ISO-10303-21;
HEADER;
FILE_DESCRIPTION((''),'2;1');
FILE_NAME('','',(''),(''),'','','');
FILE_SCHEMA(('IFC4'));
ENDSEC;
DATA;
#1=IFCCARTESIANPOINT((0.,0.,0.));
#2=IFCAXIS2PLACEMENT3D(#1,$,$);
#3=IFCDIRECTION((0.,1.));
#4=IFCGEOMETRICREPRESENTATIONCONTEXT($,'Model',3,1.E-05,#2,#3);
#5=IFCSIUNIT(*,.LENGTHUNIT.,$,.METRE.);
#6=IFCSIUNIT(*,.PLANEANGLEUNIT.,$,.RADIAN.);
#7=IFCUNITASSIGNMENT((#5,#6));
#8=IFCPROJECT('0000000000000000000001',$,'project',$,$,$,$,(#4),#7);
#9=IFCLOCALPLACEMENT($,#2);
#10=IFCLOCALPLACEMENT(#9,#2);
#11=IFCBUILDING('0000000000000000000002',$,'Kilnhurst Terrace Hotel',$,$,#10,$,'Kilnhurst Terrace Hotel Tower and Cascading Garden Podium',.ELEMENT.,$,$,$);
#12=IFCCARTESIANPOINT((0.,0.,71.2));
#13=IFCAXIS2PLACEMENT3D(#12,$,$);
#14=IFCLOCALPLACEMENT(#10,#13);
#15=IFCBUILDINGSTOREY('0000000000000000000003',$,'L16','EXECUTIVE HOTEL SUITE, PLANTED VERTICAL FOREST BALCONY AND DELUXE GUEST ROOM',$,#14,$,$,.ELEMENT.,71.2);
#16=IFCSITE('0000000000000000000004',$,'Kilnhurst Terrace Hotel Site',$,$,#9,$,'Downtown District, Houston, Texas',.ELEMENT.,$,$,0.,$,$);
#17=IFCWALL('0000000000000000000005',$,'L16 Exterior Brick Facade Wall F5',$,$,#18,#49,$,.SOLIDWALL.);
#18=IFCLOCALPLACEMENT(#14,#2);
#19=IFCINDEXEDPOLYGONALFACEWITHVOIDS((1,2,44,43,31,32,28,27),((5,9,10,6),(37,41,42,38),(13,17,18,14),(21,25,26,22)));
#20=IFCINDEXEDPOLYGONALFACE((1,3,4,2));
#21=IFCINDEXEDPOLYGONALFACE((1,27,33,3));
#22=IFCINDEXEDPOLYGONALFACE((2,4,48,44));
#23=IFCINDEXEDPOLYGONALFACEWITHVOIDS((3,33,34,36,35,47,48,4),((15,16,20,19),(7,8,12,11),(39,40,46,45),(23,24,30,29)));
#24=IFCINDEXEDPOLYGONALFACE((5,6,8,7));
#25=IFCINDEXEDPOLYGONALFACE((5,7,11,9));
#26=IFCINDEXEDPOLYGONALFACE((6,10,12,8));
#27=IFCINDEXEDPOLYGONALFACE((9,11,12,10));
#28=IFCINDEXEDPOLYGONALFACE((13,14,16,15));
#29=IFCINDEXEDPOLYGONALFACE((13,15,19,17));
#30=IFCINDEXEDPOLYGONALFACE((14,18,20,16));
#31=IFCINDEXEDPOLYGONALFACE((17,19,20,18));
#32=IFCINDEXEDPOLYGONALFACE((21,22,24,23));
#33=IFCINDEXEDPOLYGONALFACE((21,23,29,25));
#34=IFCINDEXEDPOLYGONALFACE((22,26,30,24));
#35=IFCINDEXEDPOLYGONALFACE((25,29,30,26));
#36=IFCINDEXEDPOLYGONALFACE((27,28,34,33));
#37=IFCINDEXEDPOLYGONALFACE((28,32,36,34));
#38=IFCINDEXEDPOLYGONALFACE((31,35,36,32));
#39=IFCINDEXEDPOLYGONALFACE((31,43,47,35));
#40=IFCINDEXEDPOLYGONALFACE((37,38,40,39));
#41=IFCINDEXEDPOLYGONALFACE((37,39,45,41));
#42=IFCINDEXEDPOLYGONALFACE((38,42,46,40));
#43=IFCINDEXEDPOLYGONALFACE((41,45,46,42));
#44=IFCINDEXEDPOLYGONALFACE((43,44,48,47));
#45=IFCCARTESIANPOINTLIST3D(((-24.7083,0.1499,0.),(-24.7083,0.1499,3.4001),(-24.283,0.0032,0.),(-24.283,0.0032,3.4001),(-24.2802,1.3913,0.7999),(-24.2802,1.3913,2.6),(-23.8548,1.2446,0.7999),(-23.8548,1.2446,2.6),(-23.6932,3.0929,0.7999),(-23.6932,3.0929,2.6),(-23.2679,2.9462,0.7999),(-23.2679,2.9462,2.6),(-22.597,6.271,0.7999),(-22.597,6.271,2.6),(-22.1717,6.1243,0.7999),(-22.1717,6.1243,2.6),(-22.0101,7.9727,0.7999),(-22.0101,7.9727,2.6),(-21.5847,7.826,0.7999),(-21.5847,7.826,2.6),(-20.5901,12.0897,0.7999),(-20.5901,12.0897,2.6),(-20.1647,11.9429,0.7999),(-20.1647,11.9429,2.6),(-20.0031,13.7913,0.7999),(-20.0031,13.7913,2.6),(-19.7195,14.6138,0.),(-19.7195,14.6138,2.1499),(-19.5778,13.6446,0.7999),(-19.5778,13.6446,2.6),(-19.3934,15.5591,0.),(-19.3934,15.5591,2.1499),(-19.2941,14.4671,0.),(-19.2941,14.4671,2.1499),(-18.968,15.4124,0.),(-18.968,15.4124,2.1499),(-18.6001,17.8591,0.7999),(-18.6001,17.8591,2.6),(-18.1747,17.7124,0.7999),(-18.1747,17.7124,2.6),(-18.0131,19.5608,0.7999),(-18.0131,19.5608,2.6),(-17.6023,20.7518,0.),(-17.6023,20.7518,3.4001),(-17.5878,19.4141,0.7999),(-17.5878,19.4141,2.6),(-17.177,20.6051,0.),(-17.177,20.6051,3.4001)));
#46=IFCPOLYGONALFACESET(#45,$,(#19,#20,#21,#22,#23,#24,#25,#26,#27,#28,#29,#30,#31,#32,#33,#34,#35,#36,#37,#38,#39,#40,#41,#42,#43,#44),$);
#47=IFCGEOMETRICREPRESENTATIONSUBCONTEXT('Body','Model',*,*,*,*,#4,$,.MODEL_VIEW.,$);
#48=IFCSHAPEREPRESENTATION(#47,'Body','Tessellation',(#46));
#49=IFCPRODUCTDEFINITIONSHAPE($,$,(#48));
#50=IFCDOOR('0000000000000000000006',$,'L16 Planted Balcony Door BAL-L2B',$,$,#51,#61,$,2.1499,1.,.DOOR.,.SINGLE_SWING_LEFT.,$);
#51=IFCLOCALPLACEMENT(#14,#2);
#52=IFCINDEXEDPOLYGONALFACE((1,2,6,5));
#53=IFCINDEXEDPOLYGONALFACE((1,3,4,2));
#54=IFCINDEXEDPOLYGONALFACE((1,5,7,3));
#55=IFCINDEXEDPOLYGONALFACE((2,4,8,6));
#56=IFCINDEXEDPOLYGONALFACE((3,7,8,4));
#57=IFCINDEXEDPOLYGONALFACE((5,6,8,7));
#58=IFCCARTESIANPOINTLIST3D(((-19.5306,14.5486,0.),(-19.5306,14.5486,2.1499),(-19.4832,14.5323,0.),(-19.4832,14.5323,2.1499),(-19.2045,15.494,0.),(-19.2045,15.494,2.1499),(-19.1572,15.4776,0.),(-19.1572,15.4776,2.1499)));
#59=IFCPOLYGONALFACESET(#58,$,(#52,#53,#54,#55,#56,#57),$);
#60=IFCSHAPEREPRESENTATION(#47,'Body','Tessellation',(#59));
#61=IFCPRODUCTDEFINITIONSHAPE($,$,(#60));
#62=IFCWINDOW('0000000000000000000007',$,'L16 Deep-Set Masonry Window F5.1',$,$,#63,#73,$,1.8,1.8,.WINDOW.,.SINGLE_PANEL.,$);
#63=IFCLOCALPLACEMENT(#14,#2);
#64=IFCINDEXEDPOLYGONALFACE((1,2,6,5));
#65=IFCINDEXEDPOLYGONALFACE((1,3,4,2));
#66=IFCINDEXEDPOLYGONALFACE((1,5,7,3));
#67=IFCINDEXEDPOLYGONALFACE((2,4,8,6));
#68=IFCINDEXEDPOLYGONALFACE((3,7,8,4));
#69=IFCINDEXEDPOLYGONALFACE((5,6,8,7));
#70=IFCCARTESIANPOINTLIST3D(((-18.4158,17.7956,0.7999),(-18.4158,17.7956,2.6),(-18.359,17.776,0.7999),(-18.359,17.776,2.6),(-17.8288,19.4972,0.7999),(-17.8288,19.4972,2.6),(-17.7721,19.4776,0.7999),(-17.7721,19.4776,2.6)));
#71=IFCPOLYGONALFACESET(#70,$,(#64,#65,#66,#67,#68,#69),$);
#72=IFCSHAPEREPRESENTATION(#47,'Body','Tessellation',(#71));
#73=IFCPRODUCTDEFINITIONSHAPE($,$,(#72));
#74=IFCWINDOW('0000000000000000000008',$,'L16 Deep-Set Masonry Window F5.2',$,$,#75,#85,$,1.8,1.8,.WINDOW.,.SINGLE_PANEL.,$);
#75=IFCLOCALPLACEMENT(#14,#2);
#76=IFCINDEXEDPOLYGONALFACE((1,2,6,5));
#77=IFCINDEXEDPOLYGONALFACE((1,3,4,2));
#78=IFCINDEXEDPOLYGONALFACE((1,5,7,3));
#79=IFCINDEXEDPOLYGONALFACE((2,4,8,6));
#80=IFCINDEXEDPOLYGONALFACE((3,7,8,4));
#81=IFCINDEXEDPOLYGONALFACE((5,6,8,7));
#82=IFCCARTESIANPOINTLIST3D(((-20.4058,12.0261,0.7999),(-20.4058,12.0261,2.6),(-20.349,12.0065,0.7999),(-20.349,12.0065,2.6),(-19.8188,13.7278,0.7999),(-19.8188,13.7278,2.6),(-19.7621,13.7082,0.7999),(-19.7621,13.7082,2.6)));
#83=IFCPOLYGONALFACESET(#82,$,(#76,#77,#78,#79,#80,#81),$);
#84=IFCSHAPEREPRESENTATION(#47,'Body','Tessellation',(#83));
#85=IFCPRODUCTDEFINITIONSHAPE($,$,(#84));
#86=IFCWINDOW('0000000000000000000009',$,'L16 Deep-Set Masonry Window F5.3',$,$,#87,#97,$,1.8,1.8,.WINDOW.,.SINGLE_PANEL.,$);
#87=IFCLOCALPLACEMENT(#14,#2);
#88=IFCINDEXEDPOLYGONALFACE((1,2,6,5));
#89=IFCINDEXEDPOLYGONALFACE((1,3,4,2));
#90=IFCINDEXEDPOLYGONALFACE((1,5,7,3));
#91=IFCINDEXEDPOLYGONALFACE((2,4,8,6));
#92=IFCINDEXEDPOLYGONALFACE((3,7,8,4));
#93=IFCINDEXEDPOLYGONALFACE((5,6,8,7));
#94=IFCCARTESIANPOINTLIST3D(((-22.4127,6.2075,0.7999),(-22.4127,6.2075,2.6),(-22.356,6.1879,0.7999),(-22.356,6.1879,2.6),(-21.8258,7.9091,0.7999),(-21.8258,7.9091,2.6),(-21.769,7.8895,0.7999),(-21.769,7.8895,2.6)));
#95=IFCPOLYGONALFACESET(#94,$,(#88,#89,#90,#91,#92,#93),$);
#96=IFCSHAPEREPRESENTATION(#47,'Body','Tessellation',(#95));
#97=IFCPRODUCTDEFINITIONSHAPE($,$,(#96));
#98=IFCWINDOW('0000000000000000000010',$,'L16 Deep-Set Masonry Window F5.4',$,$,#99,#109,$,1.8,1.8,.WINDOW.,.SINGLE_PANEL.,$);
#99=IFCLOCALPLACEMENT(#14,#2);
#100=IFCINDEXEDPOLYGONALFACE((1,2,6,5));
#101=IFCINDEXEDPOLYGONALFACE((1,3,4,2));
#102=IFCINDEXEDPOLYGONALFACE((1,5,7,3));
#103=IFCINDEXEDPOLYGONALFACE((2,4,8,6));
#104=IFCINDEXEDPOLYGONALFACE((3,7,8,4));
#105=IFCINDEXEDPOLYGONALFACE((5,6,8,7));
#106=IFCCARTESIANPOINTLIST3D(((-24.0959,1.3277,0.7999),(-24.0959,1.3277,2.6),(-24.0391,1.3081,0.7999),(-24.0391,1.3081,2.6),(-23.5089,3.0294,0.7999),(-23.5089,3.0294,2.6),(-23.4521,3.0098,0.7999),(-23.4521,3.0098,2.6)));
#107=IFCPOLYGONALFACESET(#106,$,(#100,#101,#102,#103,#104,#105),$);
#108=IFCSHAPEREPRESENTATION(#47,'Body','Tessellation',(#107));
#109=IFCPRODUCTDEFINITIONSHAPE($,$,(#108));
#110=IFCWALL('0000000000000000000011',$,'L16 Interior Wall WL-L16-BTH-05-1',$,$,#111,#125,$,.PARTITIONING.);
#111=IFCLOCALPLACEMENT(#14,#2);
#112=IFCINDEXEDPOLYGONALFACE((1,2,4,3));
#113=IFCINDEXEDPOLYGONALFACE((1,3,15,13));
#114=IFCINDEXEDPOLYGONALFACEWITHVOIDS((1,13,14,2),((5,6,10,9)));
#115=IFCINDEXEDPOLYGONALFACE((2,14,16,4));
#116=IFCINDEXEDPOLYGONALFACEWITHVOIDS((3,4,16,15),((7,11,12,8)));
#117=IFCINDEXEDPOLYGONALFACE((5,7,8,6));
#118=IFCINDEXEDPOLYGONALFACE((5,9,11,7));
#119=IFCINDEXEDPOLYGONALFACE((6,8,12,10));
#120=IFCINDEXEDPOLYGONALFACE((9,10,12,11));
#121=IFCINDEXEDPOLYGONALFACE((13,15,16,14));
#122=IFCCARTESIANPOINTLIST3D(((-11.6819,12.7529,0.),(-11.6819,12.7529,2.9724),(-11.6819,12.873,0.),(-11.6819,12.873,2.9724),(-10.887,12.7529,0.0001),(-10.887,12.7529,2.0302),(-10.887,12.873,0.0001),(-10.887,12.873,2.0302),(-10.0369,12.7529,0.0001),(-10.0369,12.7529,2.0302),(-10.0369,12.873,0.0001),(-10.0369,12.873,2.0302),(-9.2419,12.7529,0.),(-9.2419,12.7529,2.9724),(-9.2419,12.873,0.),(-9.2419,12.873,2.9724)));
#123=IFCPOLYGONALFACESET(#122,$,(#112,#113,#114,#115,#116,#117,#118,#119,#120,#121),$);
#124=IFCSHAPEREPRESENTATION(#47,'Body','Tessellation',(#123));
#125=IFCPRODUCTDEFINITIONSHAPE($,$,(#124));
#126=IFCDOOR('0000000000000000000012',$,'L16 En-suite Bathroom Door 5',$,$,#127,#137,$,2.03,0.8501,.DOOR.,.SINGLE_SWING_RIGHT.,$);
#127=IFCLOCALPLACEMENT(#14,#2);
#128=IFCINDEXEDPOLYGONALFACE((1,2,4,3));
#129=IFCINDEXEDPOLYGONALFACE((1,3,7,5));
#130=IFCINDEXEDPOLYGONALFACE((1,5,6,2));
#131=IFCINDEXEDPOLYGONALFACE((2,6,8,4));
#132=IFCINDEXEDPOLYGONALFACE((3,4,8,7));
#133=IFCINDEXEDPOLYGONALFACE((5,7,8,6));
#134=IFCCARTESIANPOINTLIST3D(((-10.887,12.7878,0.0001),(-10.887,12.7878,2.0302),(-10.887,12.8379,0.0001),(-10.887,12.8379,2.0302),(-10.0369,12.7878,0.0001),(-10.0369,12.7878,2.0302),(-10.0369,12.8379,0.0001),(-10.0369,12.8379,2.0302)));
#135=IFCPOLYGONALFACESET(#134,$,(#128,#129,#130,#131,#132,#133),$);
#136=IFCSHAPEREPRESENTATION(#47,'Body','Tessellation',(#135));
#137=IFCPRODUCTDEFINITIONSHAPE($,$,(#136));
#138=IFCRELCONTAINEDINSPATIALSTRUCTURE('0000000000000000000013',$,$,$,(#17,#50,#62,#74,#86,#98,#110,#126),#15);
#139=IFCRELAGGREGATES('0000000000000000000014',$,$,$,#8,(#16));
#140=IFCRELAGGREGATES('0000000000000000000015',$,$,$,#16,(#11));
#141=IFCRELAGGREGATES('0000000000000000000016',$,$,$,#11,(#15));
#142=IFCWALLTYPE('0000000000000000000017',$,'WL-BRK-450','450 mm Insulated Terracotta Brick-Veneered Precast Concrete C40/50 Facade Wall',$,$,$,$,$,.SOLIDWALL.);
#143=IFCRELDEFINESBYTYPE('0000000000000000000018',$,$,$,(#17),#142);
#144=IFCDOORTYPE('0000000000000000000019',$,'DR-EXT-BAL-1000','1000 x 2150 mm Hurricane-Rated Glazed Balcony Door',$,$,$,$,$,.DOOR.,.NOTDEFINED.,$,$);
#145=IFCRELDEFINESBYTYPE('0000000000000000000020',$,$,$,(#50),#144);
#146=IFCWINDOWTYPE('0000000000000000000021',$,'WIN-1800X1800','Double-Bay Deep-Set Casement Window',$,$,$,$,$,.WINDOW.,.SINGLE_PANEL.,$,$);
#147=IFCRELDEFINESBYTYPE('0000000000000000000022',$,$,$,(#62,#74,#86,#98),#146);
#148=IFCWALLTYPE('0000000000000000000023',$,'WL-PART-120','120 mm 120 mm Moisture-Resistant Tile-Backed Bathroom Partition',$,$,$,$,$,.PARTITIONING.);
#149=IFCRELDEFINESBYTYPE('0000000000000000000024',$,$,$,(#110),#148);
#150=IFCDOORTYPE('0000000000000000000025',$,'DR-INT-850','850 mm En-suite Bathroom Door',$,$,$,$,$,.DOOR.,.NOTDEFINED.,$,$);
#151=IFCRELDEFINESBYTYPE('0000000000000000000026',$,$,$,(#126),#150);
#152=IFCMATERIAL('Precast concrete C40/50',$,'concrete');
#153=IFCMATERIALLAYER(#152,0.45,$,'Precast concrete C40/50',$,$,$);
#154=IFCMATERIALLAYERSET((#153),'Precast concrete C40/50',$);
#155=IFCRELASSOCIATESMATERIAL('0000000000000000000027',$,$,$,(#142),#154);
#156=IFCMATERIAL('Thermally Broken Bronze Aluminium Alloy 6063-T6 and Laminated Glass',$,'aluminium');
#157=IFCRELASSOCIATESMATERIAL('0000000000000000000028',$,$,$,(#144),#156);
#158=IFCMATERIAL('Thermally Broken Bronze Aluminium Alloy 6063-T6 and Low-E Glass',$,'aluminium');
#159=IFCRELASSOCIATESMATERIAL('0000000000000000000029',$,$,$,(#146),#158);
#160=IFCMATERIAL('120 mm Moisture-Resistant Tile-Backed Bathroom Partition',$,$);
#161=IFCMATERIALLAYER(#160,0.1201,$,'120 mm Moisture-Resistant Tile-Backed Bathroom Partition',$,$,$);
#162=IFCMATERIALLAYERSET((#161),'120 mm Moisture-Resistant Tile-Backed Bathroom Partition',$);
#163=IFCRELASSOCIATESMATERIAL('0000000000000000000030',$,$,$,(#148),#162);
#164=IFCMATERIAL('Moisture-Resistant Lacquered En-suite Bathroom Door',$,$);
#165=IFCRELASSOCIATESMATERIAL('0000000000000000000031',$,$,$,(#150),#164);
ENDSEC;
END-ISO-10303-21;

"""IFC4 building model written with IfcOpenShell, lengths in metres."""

from ifc_helpers import new_model, si_unit, direction, frame, frame_2d, origin, place, context, subcontext, project, spatial, rectangle, extrude, material, layer, layer_set, type_object, element, fill, save


model = new_model("IFC4")

# Units and contexts
model_context = context("Model", 3, precision=1e-05, world=origin(), true_north=direction((0.0, 1.0)))
body_context = subcontext(model_context, "Body", "Model", "MODEL_VIEW")
ifc_project = project(units=[si_unit("LENGTHUNIT", "METRE"), si_unit("PLANEANGLEUNIT", "RADIAN")], contexts=[model_context])

# Site, building, storey
site_placement = place(None, origin())
site = spatial("IfcSite", under=ifc_project, at=site_placement, Name="Kilnhurst Terrace Hotel Site", LongName="Downtown District, Houston, Texas", CompositionType="ELEMENT", RefElevation=0.0)
building_placement = place(site_placement, origin())
building = spatial("IfcBuilding", under=site, at=building_placement, Name="Kilnhurst Terrace Hotel", LongName="Kilnhurst Terrace Hotel Tower and Cascading Garden Podium", CompositionType="ELEMENT")
storey_placement = place(building_placement, frame((0.0, 0.0, 71.2)))
storey = spatial("IfcBuildingStorey", under=building, at=storey_placement, Name="L16", Description="EXECUTIVE HOTEL SUITE, PLANTED VERTICAL FOREST BALCONY AND DELUXE GUEST ROOM", CompositionType="ELEMENT", Elevation=71.2)

# Shared definitions
ifc_material_1 = material(Name="Precast concrete C40/50", Category="concrete")
ifc_layer_1 = layer(ifc_material_1, 0.45, Name="Precast concrete C40/50")
ifc_layer_set_1 = layer_set([ifc_layer_1], Name="Precast concrete C40/50")
wall_type_1 = type_object("IfcWallType", Name="WL-BRK-450", Description="450 mm Insulated Terracotta Brick-Veneered Precast Concrete C40/50 Facade Wall", PredefinedType="SOLIDWALL", material=ifc_layer_set_1)

# Wall, openings, door, windows
wall_1_placement = place(storey_placement, frame((-17.3896, 20.6785, 0.0), z_axis=(0.0, 0.0, 1.0), x_axis=(-0.326068, -0.945346, 0.0)))
wall_1 = element("IfcWall", 1, at=wall_1_placement, inside=storey, type_object=wall_type_1, Name="L16 Exterior Brick Facade Wall F5", PredefinedType="SOLIDWALL", context=body_context, shape_type="SweptSolid", body=[
    extrude(rectangle(XDim=21.793, YDim=0.45, at=frame_2d((10.8965, 0.0))), origin(), (0.0, 0.0, 1.0), 3.4001),
])
opening_1_placement = place(wall_1_placement, frame((5.4929, 0.0, 0.0)))
opening_1 = element("IfcOpeningElement", 2, at=opening_1_placement, cuts=wall_1, PredefinedType="OPENING", context=body_context, shape_type="SweptSolid", body=[
    extrude(rectangle(XDim=1.0, YDim=2.1499, at=frame_2d((0.5, 1.075))), frame((0.0, 0.2349, 0.0), z_axis=(0.0, -1.0, 0.0), x_axis=(1.0, 0.0, 0.0)), (0.0, 0.0, 1.0), 0.47),
])
opening_2_placement = place(wall_1_placement, frame((1.26, 0.0, 0.8)))
opening_2 = element("IfcOpeningElement", 3, at=opening_2_placement, cuts=wall_1, PredefinedType="OPENING", context=body_context, shape_type="SweptSolid", body=[
    extrude(rectangle(XDim=1.8, YDim=1.8, at=frame_2d((0.8999, 0.8999))), frame((0.0, 0.2349, 0.0), z_axis=(0.0, -1.0, 0.0), x_axis=(1.0, 0.0, 0.0)), (0.0, 0.0, 1.0), 0.47),
])
opening_3_placement = place(wall_1_placement, frame((7.363, 0.0, 0.8)))
opening_3 = element("IfcOpeningElement", 4, at=opening_3_placement, cuts=wall_1, PredefinedType="OPENING", context=body_context, shape_type="SweptSolid", body=[
    extrude(rectangle(XDim=1.8, YDim=1.8, at=frame_2d((0.8999, 0.8999))), frame((0.0, 0.2349, 0.0), z_axis=(0.0, -1.0, 0.0), x_axis=(1.0, 0.0, 0.0)), (0.0, 0.0, 1.0), 0.47),
])
opening_4_placement = place(wall_1_placement, frame((13.5181, 0.0, 0.8)))
opening_4 = element("IfcOpeningElement", 5, at=opening_4_placement, cuts=wall_1, PredefinedType="OPENING", context=body_context, shape_type="SweptSolid", body=[
    extrude(rectangle(XDim=1.8, YDim=1.8, at=frame_2d((0.8999, 0.8999))), frame((0.0, 0.2349, 0.0), z_axis=(0.0, -1.0, 0.0), x_axis=(1.0, 0.0, 0.0)), (0.0, 0.0, 1.0), 0.47),
])
opening_5_placement = place(wall_1_placement, frame((18.6799, 0.0, 0.8)))
opening_5 = element("IfcOpeningElement", 6, at=opening_5_placement, cuts=wall_1, PredefinedType="OPENING", context=body_context, shape_type="SweptSolid", body=[
    extrude(rectangle(XDim=1.8, YDim=1.8, at=frame_2d((0.8999, 0.8999))), frame((0.0, 0.2349, 0.0), z_axis=(0.0, -1.0, 0.0), x_axis=(1.0, 0.0, 0.0)), (0.0, 0.0, 1.0), 0.47),
])
ifc_material_2 = material(Name="Thermally Broken Bronze Aluminium Alloy 6063-T6 and Laminated Glass", Category="aluminium")
door_type_1 = type_object("IfcDoorType", Name="DR-EXT-BAL-1000", Description="1000 x 2150 mm Hurricane-Rated Glazed Balcony Door", OperationType="NOTDEFINED", PredefinedType="DOOR", material=ifc_material_2)
door_1_placement = place(opening_1_placement, origin())
door_1 = element("IfcDoor", 7, at=door_1_placement, inside=storey, type_object=door_type_1, Name="L16 Planted Balcony Door BAL-L2B", OperationType="SINGLE_SWING_LEFT", OverallHeight=2.1499, OverallWidth=1.0, PredefinedType="DOOR", context=body_context, shape_type="SweptSolid", body=[
    extrude(rectangle(XDim=1.0, YDim=2.1499, at=frame_2d((0.5, 1.075))), frame((0.0, 0.0249, 0.0), z_axis=(0.0, -1.0, 0.0), x_axis=(1.0, 0.0, 0.0)), (0.0, 0.0, 1.0), 0.05),
])
fill(opening_1, door_1)
ifc_material_3 = material(Name="Thermally Broken Bronze Aluminium Alloy 6063-T6 and Low-E Glass", Category="aluminium")
window_type = type_object("IfcWindowType", Name="WIN-1800X1800", Description="Double-Bay Deep-Set Casement Window", PartitioningType="SINGLE_PANEL", PredefinedType="WINDOW", material=ifc_material_3)
window_1_placement = place(opening_2_placement, origin())
window_1 = element("IfcWindow", 8, at=window_1_placement, inside=storey, type_object=window_type, Name="L16 Deep-Set Masonry Window F5.1", OverallHeight=1.8, OverallWidth=1.8, PartitioningType="SINGLE_PANEL", PredefinedType="WINDOW", context=body_context, shape_type="SweptSolid", body=[
    extrude(rectangle(XDim=1.8, YDim=1.8, at=frame_2d((0.8999, 0.8999))), frame((0.0, 0.03, 0.0), z_axis=(0.0, -1.0, 0.0), x_axis=(1.0, 0.0, 0.0)), (0.0, 0.0, 1.0), 0.0601),
])
fill(opening_2, window_1)
window_2_placement = place(opening_3_placement, origin())
window_2 = element("IfcWindow", 9, at=window_2_placement, inside=storey, type_object=window_type, Name="L16 Deep-Set Masonry Window F5.2", OverallHeight=1.8, OverallWidth=1.8, PartitioningType="SINGLE_PANEL", PredefinedType="WINDOW", context=body_context, shape_type="SweptSolid", body=[
    extrude(rectangle(XDim=1.8, YDim=1.8, at=frame_2d((0.8999, 0.8999))), frame((0.0, 0.03, 0.0), z_axis=(0.0, -1.0, 0.0), x_axis=(1.0, 0.0, 0.0)), (0.0, 0.0, 1.0), 0.0601),
])
fill(opening_3, window_2)
window_3_placement = place(opening_4_placement, origin())
window_3 = element("IfcWindow", 10, at=window_3_placement, inside=storey, type_object=window_type, Name="L16 Deep-Set Masonry Window F5.3", OverallHeight=1.8, OverallWidth=1.8, PartitioningType="SINGLE_PANEL", PredefinedType="WINDOW", context=body_context, shape_type="SweptSolid", body=[
    extrude(rectangle(XDim=1.8, YDim=1.8, at=frame_2d((0.8999, 0.8999))), frame((0.0, 0.03, 0.0), z_axis=(0.0, -1.0, 0.0), x_axis=(1.0, 0.0, 0.0)), (0.0, 0.0, 1.0), 0.0601),
])
fill(opening_4, window_3)
window_4_placement = place(opening_5_placement, origin())
window_4 = element("IfcWindow", 11, at=window_4_placement, inside=storey, type_object=window_type, Name="L16 Deep-Set Masonry Window F5.4", OverallHeight=1.8, OverallWidth=1.8, PartitioningType="SINGLE_PANEL", PredefinedType="WINDOW", context=body_context, shape_type="SweptSolid", body=[
    extrude(rectangle(XDim=1.8, YDim=1.8, at=frame_2d((0.8999, 0.8999))), frame((0.0, 0.03, 0.0), z_axis=(0.0, -1.0, 0.0), x_axis=(1.0, 0.0, 0.0)), (0.0, 0.0, 1.0), 0.0601),
])
fill(opening_5, window_4)

# Wall, opening, door
ifc_material_4 = material(Name="120 mm Moisture-Resistant Tile-Backed Bathroom Partition")
ifc_layer_2 = layer(ifc_material_4, 0.1201, Name="120 mm Moisture-Resistant Tile-Backed Bathroom Partition")
ifc_layer_set_2 = layer_set([ifc_layer_2], Name="120 mm Moisture-Resistant Tile-Backed Bathroom Partition")
wall_type_2 = type_object("IfcWallType", Name="WL-PART-120", Description="120 mm 120 mm Moisture-Resistant Tile-Backed Bathroom Partition", PredefinedType="PARTITIONING", material=ifc_layer_set_2)
wall_2_placement = place(storey_placement, frame((-11.6819, 12.813, 0.0), z_axis=(0.0, 0.0, 1.0), x_axis=(1.0, 0.0, 0.0)))
wall_2 = element("IfcWall", 12, at=wall_2_placement, inside=storey, type_object=wall_type_2, Name="L16 Interior Wall WL-L16-BTH-05-1", PredefinedType="PARTITIONING", context=body_context, shape_type="SweptSolid", body=[
    extrude(rectangle(XDim=2.4399, YDim=0.1201, at=frame_2d((1.22, 0.0))), origin(), (0.0, 0.0, 1.0), 2.9724),
])
opening_6_placement = place(wall_2_placement, frame((0.7949, 0.0, 0.0)))
opening_6 = element("IfcOpeningElement", 13, at=opening_6_placement, cuts=wall_2, PredefinedType="OPENING", context=body_context, shape_type="SweptSolid", body=[
    extrude(rectangle(XDim=0.8501, YDim=2.03, at=frame_2d((0.425, 1.0151))), frame((0.0, 0.0701, 0.0), z_axis=(0.0, -1.0, 0.0), x_axis=(1.0, 0.0, 0.0)), (0.0, 0.0, 1.0), 0.1401),
])
ifc_material_5 = material(Name="Moisture-Resistant Lacquered En-suite Bathroom Door")
door_type_2 = type_object("IfcDoorType", Name="DR-INT-850", Description="850 mm En-suite Bathroom Door", OperationType="NOTDEFINED", PredefinedType="DOOR", material=ifc_material_5)
door_2_placement = place(opening_6_placement, origin())
door_2 = element("IfcDoor", 14, at=door_2_placement, inside=storey, type_object=door_type_2, Name="L16 En-suite Bathroom Door 5", OperationType="SINGLE_SWING_RIGHT", OverallHeight=2.03, OverallWidth=0.8501, PredefinedType="DOOR", context=body_context, shape_type="SweptSolid", body=[
    extrude(rectangle(XDim=0.8501, YDim=2.03, at=frame_2d((0.425, 1.0151))), frame((0.0, 0.0249, 0.0), z_axis=(0.0, -1.0, 0.0), x_axis=(1.0, 0.0, 0.0)), (0.0, 0.0, 1.0), 0.05),
])
fill(opening_6, door_2)

save(model, "model.ifc")
